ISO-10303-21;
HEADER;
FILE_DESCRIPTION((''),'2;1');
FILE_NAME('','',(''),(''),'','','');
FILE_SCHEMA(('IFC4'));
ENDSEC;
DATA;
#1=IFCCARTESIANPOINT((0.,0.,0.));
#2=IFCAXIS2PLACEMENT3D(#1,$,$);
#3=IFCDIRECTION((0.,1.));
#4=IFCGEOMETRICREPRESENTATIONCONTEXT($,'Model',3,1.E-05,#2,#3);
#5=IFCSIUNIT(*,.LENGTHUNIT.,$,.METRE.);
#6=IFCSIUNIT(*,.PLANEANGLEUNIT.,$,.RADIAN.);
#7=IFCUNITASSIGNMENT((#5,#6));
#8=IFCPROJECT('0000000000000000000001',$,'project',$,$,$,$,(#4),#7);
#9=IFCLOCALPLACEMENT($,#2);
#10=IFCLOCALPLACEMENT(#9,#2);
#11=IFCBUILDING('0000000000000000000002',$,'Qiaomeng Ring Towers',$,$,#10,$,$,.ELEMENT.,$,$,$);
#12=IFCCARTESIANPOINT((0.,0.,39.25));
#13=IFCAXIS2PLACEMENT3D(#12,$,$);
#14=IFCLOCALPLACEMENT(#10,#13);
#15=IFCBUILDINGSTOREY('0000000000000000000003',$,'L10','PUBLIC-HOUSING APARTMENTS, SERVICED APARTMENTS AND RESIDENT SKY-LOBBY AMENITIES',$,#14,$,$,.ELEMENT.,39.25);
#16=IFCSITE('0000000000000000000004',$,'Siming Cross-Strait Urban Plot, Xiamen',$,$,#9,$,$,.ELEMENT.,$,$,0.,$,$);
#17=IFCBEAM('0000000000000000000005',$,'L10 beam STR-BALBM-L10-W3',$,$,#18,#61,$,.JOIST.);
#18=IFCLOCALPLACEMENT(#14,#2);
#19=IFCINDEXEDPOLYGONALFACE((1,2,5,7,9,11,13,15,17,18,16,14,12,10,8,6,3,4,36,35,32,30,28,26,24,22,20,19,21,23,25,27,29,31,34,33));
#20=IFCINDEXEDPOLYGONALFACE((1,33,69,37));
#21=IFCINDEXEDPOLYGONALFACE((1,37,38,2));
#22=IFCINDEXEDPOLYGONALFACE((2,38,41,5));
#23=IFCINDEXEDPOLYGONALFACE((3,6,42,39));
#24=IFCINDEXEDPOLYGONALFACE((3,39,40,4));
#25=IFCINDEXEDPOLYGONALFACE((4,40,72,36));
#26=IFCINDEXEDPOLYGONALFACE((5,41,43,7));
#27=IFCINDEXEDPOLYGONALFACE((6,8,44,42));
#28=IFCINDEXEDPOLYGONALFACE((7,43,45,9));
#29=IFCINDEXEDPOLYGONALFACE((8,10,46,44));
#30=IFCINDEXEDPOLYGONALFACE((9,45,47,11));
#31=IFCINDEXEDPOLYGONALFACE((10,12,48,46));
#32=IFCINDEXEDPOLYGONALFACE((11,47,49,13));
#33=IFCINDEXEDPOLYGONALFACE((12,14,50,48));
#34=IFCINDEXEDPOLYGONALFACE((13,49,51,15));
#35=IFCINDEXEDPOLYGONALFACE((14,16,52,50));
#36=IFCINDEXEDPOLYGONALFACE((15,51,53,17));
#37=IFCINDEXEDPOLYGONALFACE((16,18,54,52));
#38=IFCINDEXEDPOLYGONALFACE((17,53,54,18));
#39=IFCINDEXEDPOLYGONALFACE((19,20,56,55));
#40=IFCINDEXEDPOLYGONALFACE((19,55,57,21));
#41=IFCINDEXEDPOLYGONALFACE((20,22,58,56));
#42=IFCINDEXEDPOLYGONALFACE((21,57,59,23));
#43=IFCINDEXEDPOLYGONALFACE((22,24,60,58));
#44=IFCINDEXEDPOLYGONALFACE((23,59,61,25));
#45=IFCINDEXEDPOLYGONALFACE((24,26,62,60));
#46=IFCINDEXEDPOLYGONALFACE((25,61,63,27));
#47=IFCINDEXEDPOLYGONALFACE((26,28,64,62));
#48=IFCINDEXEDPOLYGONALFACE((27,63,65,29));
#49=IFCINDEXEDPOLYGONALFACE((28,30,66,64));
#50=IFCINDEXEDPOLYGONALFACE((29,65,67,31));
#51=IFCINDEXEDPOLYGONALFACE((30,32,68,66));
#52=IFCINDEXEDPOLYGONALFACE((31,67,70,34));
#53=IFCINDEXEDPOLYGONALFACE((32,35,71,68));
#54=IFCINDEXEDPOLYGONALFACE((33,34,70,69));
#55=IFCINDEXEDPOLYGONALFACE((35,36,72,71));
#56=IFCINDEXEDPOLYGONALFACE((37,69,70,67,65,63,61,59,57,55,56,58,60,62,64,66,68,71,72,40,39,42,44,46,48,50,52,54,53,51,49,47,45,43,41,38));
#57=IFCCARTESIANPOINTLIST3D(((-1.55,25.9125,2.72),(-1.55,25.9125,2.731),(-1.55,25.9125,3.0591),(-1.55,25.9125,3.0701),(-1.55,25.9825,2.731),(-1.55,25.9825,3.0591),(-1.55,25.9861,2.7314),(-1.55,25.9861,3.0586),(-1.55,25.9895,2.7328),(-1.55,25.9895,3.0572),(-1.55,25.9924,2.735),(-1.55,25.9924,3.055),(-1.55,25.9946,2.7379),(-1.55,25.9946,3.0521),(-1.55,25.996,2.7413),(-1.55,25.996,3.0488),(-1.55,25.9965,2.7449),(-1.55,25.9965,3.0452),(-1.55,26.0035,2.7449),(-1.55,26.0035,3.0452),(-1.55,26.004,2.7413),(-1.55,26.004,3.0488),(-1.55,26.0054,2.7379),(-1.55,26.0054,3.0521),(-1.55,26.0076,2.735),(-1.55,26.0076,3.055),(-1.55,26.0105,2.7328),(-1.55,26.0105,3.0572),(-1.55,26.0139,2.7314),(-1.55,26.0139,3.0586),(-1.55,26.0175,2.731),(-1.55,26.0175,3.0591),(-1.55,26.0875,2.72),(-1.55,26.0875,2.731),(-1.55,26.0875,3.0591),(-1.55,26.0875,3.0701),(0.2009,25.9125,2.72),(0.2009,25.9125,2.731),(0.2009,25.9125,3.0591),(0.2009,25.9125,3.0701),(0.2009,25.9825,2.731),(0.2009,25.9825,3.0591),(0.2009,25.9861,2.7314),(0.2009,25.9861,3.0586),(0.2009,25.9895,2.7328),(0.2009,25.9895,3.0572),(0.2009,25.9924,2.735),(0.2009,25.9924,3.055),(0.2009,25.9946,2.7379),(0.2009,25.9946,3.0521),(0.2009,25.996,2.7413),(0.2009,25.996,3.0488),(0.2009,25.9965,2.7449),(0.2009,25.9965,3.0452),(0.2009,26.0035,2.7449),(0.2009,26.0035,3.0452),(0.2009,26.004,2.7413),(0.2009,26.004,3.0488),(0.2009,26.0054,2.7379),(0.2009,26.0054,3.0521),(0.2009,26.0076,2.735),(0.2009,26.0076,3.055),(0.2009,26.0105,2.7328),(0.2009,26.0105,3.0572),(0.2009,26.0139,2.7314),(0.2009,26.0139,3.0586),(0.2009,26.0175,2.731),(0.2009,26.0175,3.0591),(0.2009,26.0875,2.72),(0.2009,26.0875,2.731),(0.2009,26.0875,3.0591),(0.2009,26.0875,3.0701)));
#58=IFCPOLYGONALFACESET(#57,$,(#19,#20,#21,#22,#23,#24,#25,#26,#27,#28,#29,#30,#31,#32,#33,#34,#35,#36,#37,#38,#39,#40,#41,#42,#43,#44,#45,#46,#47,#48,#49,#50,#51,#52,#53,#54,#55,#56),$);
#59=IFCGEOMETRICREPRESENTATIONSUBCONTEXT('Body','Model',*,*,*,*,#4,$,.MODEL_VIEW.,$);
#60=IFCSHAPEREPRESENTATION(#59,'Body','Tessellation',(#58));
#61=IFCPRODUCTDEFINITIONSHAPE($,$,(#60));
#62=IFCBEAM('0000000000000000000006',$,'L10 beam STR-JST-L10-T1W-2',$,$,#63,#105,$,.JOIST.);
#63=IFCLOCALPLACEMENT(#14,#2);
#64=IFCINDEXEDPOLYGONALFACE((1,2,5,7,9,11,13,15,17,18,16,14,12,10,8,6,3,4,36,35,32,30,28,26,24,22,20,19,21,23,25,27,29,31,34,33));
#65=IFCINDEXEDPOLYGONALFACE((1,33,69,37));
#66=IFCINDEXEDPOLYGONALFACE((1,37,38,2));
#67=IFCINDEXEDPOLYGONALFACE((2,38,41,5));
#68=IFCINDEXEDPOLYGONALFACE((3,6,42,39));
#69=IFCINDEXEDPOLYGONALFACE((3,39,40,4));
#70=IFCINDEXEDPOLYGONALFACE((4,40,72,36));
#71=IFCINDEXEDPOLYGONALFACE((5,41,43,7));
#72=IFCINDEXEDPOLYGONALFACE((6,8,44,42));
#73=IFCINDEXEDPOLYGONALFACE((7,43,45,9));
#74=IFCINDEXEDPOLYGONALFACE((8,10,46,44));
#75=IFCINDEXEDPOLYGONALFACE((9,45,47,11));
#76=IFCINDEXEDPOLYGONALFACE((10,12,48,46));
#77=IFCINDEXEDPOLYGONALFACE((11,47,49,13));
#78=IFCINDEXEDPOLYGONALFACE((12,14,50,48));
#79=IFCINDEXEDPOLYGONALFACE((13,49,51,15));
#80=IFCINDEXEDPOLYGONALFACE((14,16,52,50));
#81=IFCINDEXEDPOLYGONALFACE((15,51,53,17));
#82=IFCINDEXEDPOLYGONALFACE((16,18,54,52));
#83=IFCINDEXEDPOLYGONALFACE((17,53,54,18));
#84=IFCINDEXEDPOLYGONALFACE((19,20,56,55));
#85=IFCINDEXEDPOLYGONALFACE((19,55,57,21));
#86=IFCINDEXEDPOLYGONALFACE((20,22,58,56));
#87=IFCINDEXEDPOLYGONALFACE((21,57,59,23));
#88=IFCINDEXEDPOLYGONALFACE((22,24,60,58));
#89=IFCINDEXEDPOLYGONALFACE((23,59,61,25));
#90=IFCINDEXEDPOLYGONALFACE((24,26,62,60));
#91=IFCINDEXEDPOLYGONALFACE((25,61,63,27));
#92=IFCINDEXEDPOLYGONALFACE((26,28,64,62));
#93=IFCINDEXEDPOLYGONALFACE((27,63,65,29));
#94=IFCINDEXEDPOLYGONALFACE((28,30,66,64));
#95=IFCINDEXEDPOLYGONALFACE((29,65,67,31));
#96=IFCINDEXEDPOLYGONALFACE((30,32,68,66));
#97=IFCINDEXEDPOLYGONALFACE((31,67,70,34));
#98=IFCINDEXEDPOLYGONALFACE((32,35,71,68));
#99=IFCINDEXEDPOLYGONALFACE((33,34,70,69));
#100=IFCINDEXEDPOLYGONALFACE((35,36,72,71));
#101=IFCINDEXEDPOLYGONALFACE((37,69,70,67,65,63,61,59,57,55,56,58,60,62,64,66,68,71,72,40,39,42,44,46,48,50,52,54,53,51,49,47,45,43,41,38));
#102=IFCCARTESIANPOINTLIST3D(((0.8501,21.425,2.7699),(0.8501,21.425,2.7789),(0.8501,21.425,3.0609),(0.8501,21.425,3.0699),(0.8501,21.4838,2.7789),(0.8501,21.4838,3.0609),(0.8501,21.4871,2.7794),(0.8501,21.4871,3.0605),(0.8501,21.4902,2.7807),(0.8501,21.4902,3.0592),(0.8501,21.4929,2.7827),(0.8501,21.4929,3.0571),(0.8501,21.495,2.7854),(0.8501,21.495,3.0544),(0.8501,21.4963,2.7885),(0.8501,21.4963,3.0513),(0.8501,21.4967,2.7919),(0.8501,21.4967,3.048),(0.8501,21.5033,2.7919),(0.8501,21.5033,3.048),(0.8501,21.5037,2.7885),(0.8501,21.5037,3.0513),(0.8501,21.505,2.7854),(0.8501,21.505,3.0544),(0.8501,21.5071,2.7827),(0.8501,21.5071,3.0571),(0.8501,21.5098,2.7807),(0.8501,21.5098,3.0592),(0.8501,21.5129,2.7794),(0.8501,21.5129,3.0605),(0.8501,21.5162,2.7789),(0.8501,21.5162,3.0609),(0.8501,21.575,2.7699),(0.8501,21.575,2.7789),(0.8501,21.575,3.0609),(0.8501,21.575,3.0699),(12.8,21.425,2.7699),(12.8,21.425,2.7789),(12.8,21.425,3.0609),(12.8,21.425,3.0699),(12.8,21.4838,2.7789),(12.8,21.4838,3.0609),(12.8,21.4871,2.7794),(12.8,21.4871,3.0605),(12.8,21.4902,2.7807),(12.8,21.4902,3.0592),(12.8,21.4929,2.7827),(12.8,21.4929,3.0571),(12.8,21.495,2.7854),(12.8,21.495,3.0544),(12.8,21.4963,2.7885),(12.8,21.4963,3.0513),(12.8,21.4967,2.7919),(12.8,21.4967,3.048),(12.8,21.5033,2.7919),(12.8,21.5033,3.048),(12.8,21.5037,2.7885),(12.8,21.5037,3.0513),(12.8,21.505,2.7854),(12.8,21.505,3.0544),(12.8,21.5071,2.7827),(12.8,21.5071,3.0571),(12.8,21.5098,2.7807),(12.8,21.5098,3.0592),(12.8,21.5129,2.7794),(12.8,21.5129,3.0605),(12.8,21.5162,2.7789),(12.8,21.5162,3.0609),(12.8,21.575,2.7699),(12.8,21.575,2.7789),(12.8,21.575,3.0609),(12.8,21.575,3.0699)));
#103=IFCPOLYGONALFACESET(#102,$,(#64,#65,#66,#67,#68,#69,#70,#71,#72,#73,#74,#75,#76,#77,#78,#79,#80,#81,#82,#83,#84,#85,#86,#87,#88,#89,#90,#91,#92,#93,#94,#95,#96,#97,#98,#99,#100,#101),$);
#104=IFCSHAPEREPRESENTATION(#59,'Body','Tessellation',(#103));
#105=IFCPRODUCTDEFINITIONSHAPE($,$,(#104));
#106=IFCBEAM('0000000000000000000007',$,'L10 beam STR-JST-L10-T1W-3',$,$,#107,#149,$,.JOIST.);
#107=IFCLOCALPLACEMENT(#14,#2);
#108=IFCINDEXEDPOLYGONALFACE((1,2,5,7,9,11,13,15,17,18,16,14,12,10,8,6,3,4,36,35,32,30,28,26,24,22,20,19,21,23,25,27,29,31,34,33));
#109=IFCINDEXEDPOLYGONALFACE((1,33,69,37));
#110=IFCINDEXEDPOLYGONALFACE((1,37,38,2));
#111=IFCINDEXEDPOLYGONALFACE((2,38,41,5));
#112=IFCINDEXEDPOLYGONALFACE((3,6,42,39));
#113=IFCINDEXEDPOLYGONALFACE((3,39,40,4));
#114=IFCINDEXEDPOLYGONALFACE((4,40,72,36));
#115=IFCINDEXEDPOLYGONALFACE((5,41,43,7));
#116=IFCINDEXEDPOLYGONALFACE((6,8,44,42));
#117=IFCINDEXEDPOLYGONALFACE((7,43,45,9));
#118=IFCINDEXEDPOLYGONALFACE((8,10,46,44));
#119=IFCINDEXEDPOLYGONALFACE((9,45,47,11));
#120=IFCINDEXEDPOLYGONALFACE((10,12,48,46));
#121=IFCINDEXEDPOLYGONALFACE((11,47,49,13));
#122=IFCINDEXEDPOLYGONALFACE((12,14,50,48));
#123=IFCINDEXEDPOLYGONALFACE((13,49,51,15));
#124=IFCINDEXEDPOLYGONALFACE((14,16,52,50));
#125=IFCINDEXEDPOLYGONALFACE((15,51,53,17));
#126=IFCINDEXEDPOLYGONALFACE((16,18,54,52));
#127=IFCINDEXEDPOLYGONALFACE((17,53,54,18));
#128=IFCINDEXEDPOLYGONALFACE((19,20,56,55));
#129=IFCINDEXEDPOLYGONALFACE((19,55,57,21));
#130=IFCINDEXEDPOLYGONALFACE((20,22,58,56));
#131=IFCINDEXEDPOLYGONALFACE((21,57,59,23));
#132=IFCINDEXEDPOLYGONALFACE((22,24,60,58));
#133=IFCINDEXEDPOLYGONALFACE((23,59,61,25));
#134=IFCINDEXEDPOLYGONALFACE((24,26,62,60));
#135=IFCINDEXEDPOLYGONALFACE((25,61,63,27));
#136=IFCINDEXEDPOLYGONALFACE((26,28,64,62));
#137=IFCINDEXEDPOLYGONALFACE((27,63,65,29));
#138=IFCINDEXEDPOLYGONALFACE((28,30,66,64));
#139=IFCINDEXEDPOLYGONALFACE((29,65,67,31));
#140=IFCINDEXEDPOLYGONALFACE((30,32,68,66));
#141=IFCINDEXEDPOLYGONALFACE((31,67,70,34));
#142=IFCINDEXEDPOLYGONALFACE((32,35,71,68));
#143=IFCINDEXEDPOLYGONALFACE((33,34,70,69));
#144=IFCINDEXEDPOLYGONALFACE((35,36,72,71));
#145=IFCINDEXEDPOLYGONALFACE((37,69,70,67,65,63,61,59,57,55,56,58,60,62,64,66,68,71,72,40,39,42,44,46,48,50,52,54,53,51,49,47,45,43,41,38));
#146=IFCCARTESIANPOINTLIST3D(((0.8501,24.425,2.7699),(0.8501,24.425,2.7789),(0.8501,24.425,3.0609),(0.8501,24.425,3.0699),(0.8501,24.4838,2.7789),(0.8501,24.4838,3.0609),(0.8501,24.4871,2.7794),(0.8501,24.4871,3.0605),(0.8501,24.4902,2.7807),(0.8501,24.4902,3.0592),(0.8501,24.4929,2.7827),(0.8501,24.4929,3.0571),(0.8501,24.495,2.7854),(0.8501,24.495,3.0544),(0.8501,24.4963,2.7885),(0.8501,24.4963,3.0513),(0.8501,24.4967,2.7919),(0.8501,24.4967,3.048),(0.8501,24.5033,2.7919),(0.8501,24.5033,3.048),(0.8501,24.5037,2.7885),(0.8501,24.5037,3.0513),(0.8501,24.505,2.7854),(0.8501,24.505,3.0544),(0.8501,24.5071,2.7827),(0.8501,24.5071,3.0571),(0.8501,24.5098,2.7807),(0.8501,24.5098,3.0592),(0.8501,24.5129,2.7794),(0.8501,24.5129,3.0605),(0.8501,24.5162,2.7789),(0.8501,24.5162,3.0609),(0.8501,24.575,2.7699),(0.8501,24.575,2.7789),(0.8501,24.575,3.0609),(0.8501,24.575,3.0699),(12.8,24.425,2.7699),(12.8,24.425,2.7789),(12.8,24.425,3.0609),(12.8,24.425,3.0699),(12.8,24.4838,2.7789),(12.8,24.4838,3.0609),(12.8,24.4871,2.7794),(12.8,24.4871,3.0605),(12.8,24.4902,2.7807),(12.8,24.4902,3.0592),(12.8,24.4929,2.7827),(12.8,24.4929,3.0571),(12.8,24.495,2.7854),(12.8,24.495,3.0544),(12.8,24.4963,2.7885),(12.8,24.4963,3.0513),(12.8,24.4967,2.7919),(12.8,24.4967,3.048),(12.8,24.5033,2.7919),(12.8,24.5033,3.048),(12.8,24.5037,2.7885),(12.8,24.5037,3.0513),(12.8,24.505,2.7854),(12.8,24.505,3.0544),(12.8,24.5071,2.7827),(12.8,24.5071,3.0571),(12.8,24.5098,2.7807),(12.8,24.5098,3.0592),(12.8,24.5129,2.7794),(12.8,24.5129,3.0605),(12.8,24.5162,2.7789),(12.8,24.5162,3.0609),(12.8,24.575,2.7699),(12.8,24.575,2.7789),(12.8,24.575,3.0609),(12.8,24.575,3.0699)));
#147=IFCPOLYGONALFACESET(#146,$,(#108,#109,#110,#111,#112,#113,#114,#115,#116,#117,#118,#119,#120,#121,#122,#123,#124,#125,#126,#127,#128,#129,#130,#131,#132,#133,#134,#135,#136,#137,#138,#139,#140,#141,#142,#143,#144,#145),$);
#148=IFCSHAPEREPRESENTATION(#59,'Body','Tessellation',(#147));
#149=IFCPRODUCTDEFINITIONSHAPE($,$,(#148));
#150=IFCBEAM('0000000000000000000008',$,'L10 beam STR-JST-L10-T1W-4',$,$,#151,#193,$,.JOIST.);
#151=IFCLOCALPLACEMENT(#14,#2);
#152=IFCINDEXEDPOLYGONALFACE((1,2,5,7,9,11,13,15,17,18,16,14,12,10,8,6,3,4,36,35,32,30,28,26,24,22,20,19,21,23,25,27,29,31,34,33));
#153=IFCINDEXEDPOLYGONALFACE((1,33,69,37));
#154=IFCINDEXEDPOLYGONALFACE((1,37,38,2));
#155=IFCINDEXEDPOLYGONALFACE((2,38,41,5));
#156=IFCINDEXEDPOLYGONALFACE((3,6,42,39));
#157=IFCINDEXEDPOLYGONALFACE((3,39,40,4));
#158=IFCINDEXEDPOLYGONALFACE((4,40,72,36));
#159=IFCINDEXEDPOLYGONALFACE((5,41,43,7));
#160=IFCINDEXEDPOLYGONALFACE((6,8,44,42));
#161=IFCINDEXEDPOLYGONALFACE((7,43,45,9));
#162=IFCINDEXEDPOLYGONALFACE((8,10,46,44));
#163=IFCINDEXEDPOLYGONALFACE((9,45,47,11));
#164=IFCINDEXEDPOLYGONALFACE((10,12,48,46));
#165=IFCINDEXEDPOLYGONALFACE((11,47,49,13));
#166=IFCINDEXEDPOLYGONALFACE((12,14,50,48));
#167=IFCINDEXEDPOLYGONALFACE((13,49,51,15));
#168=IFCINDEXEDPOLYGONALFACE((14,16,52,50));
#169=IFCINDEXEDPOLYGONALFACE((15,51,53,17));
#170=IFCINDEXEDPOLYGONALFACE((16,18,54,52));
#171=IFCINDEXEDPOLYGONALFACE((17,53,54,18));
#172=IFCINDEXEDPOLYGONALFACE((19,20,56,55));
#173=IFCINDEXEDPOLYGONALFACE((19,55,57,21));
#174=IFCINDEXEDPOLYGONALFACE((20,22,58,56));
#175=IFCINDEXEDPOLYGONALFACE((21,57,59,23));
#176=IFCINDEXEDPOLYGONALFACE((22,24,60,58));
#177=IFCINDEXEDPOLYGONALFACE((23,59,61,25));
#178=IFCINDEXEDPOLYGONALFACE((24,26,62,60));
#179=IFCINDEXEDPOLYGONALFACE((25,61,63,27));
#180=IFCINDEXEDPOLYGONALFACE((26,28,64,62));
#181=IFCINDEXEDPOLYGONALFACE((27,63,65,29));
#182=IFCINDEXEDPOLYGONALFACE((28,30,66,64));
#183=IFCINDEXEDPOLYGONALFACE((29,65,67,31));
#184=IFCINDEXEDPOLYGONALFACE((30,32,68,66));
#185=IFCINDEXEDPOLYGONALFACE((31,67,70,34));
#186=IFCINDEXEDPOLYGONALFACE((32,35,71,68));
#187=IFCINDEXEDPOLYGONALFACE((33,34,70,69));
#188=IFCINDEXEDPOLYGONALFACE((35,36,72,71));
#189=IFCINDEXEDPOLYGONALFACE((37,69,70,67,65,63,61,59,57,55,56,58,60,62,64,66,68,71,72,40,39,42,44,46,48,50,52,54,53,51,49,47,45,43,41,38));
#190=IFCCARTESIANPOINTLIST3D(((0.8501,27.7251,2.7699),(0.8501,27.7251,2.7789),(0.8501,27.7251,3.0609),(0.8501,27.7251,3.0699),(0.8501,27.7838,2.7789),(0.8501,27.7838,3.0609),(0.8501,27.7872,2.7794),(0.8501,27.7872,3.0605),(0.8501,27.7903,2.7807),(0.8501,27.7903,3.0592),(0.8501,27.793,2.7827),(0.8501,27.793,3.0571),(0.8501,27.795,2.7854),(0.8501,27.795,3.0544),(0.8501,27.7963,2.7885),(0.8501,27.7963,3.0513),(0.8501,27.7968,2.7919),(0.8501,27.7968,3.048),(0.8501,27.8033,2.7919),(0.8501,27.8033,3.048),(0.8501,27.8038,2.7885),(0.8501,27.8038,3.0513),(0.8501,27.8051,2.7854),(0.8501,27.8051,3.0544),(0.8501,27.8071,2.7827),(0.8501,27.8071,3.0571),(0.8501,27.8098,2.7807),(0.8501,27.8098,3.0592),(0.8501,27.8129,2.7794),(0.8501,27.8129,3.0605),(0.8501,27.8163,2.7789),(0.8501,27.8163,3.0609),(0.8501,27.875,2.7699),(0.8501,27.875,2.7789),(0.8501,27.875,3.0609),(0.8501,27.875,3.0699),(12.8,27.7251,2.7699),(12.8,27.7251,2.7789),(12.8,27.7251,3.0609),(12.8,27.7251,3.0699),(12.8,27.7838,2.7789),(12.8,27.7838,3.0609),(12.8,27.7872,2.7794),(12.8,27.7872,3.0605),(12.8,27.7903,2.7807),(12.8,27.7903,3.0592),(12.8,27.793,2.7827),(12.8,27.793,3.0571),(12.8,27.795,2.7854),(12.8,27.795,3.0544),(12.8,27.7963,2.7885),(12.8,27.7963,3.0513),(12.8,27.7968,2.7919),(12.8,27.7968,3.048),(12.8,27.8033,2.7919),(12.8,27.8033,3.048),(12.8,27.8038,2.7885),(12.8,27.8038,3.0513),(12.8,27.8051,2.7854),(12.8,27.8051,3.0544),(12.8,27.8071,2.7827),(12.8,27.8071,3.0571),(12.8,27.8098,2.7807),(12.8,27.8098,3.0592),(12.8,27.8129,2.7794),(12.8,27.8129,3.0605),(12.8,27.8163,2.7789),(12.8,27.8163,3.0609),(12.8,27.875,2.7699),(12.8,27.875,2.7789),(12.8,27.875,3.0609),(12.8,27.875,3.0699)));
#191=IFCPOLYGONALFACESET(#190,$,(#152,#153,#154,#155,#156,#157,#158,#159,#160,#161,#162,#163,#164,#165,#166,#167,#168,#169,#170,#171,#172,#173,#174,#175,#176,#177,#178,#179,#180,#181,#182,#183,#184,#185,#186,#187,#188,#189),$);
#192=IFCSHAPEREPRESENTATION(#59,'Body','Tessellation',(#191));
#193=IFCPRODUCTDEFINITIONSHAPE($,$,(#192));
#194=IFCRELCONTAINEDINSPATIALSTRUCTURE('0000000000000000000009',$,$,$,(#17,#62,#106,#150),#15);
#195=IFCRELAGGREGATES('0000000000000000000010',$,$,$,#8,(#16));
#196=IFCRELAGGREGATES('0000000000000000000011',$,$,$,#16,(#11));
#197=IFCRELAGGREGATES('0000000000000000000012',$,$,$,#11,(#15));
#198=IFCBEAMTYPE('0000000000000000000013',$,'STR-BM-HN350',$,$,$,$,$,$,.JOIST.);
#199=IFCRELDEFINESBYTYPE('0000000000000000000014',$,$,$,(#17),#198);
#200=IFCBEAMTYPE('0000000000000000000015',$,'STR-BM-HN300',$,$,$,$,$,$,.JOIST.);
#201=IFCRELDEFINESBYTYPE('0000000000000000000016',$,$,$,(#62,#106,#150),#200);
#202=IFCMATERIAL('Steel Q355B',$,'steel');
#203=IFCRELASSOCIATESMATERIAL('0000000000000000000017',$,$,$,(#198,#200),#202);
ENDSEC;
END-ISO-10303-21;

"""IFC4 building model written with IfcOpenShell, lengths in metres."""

from ifc_helpers import new_model, si_unit, direction, frame, origin, origin_2d, place, context, subcontext, project, spatial, i_section, extrude, source, transform, mapped, material, material_profile, profile_set, type_object, element, save


model = new_model("IFC4")

# Units and contexts
model_context = context("Model", 3, precision=1e-05, world=origin(), true_north=direction((0.0, 1.0)))
body_context = subcontext(model_context, "Body", "Model", "MODEL_VIEW")
ifc_project = project(units=[si_unit("LENGTHUNIT", "METRE"), si_unit("PLANEANGLEUNIT", "RADIAN")], contexts=[model_context])

# Site, building, storey
site_placement = place(None, origin())
site = spatial("IfcSite", under=ifc_project, at=site_placement, Name="Siming Cross-Strait Urban Plot, Xiamen", CompositionType="ELEMENT", RefElevation=0.0)
building_placement = place(site_placement, origin())
building = spatial("IfcBuilding", under=site, at=building_placement, Name="Qiaomeng Ring Towers", CompositionType="ELEMENT")
storey_placement = place(building_placement, frame((0.0, 0.0, 39.25)))
storey = spatial("IfcBuildingStorey", under=building, at=storey_placement, Name="L10", Description="PUBLIC-HOUSING APARTMENTS, SERVICED APARTMENTS AND RESIDENT SKY-LOBBY AMENITIES", CompositionType="ELEMENT", Elevation=39.25)

# Beams
ifc_material_1 = material(Name="Steel Q355B", Category="steel")
ifc_material_profile_1 = material_profile(ifc_material_1, i_section(OverallWidth=0.175, OverallDepth=0.3501, WebThickness=0.0071, FlangeThickness=0.011, FilletRadius=0.0139, at=origin_2d()), Name="HN 350x175x7x11")
ifc_profile_set_1 = profile_set([ifc_material_profile_1], Name="Steel Q355B")
beam_type_1 = type_object("IfcBeamType", Name="STR-BM-HN350", PredefinedType="JOIST", material=ifc_profile_set_1)
shared_shape_1 = source(origin(), body_context, "Body", "SweptSolid", [
    extrude(i_section(OverallWidth=0.175, OverallDepth=0.3501, WebThickness=0.0071, FlangeThickness=0.011, FilletRadius=0.0139, at=origin_2d()), origin(), (0.0, 0.0, 1.0), 1.751),
])
beam_1_placement = place(storey_placement, frame((-1.55, 26.0, 2.895), z_axis=(1.0, 0.0, 0.0), x_axis=(0.0, 1.0, 0.0)))
element("IfcBeam", 1, at=beam_1_placement, inside=storey, type_object=beam_type_1, Name="L10 beam STR-BALBM-L10-W3", PredefinedType="JOIST", context=body_context, shape_type="MappedRepresentation", body=[
    mapped(shared_shape_1, transform((0.0, 0.0, 0.0), x_axis=(1.0, 0.0, 0.0), y_axis=(0.0, 1.0, 0.0), z_axis=(0.0, 0.0, 1.0), scale=1.0)),
])
ifc_material_profile_2 = material_profile(ifc_material_1, i_section(OverallWidth=0.1499, OverallDepth=0.3, WebThickness=0.0066, FlangeThickness=0.009, FilletRadius=0.0129, at=origin_2d()), Name="HN 300x150x6.5x9")
ifc_profile_set_2 = profile_set([ifc_material_profile_2], Name="Steel Q355B")
beam_type_2 = type_object("IfcBeamType", Name="STR-BM-HN300", PredefinedType="JOIST", material=ifc_profile_set_2)
shared_shape_2 = source(origin(), body_context, "Body", "SweptSolid", [
    extrude(i_section(OverallWidth=0.1499, OverallDepth=0.3, WebThickness=0.0066, FlangeThickness=0.009, FilletRadius=0.0129, at=origin_2d()), origin(), (0.0, 0.0, 1.0), 11.95),
])
for number, where, z_axis, x_axis, name in (
    (2, (0.8501, 21.5, 2.9199), (1.0, 0.0, 0.0), (0.0, 1.0, 0.0), "L10 beam STR-JST-L10-T1W-2"),
    (3, (0.8501, 24.5, 2.9199), (1.0, 0.0, 0.0), (0.0, 1.0, 0.0), "L10 beam STR-JST-L10-T1W-3"),
    (4, (0.8501, 27.8, 2.9199), (1.0, 0.0, 0.0), (0.0, 1.0, 0.0), "L10 beam STR-JST-L10-T1W-4"),
):
    element("IfcBeam", number, at=place(storey_placement, frame(where, z_axis=z_axis, x_axis=x_axis)), inside=storey, type_object=beam_type_2, Name=name, PredefinedType="JOIST", context=body_context, shape_type="MappedRepresentation", body=[
        mapped(shared_shape_2, transform((0.0, 0.0, 0.0), x_axis=(1.0, 0.0, 0.0), y_axis=(0.0, 1.0, 0.0), z_axis=(0.0, 0.0, 1.0), scale=1.0)),
    ])

save(model, "model.ifc")
